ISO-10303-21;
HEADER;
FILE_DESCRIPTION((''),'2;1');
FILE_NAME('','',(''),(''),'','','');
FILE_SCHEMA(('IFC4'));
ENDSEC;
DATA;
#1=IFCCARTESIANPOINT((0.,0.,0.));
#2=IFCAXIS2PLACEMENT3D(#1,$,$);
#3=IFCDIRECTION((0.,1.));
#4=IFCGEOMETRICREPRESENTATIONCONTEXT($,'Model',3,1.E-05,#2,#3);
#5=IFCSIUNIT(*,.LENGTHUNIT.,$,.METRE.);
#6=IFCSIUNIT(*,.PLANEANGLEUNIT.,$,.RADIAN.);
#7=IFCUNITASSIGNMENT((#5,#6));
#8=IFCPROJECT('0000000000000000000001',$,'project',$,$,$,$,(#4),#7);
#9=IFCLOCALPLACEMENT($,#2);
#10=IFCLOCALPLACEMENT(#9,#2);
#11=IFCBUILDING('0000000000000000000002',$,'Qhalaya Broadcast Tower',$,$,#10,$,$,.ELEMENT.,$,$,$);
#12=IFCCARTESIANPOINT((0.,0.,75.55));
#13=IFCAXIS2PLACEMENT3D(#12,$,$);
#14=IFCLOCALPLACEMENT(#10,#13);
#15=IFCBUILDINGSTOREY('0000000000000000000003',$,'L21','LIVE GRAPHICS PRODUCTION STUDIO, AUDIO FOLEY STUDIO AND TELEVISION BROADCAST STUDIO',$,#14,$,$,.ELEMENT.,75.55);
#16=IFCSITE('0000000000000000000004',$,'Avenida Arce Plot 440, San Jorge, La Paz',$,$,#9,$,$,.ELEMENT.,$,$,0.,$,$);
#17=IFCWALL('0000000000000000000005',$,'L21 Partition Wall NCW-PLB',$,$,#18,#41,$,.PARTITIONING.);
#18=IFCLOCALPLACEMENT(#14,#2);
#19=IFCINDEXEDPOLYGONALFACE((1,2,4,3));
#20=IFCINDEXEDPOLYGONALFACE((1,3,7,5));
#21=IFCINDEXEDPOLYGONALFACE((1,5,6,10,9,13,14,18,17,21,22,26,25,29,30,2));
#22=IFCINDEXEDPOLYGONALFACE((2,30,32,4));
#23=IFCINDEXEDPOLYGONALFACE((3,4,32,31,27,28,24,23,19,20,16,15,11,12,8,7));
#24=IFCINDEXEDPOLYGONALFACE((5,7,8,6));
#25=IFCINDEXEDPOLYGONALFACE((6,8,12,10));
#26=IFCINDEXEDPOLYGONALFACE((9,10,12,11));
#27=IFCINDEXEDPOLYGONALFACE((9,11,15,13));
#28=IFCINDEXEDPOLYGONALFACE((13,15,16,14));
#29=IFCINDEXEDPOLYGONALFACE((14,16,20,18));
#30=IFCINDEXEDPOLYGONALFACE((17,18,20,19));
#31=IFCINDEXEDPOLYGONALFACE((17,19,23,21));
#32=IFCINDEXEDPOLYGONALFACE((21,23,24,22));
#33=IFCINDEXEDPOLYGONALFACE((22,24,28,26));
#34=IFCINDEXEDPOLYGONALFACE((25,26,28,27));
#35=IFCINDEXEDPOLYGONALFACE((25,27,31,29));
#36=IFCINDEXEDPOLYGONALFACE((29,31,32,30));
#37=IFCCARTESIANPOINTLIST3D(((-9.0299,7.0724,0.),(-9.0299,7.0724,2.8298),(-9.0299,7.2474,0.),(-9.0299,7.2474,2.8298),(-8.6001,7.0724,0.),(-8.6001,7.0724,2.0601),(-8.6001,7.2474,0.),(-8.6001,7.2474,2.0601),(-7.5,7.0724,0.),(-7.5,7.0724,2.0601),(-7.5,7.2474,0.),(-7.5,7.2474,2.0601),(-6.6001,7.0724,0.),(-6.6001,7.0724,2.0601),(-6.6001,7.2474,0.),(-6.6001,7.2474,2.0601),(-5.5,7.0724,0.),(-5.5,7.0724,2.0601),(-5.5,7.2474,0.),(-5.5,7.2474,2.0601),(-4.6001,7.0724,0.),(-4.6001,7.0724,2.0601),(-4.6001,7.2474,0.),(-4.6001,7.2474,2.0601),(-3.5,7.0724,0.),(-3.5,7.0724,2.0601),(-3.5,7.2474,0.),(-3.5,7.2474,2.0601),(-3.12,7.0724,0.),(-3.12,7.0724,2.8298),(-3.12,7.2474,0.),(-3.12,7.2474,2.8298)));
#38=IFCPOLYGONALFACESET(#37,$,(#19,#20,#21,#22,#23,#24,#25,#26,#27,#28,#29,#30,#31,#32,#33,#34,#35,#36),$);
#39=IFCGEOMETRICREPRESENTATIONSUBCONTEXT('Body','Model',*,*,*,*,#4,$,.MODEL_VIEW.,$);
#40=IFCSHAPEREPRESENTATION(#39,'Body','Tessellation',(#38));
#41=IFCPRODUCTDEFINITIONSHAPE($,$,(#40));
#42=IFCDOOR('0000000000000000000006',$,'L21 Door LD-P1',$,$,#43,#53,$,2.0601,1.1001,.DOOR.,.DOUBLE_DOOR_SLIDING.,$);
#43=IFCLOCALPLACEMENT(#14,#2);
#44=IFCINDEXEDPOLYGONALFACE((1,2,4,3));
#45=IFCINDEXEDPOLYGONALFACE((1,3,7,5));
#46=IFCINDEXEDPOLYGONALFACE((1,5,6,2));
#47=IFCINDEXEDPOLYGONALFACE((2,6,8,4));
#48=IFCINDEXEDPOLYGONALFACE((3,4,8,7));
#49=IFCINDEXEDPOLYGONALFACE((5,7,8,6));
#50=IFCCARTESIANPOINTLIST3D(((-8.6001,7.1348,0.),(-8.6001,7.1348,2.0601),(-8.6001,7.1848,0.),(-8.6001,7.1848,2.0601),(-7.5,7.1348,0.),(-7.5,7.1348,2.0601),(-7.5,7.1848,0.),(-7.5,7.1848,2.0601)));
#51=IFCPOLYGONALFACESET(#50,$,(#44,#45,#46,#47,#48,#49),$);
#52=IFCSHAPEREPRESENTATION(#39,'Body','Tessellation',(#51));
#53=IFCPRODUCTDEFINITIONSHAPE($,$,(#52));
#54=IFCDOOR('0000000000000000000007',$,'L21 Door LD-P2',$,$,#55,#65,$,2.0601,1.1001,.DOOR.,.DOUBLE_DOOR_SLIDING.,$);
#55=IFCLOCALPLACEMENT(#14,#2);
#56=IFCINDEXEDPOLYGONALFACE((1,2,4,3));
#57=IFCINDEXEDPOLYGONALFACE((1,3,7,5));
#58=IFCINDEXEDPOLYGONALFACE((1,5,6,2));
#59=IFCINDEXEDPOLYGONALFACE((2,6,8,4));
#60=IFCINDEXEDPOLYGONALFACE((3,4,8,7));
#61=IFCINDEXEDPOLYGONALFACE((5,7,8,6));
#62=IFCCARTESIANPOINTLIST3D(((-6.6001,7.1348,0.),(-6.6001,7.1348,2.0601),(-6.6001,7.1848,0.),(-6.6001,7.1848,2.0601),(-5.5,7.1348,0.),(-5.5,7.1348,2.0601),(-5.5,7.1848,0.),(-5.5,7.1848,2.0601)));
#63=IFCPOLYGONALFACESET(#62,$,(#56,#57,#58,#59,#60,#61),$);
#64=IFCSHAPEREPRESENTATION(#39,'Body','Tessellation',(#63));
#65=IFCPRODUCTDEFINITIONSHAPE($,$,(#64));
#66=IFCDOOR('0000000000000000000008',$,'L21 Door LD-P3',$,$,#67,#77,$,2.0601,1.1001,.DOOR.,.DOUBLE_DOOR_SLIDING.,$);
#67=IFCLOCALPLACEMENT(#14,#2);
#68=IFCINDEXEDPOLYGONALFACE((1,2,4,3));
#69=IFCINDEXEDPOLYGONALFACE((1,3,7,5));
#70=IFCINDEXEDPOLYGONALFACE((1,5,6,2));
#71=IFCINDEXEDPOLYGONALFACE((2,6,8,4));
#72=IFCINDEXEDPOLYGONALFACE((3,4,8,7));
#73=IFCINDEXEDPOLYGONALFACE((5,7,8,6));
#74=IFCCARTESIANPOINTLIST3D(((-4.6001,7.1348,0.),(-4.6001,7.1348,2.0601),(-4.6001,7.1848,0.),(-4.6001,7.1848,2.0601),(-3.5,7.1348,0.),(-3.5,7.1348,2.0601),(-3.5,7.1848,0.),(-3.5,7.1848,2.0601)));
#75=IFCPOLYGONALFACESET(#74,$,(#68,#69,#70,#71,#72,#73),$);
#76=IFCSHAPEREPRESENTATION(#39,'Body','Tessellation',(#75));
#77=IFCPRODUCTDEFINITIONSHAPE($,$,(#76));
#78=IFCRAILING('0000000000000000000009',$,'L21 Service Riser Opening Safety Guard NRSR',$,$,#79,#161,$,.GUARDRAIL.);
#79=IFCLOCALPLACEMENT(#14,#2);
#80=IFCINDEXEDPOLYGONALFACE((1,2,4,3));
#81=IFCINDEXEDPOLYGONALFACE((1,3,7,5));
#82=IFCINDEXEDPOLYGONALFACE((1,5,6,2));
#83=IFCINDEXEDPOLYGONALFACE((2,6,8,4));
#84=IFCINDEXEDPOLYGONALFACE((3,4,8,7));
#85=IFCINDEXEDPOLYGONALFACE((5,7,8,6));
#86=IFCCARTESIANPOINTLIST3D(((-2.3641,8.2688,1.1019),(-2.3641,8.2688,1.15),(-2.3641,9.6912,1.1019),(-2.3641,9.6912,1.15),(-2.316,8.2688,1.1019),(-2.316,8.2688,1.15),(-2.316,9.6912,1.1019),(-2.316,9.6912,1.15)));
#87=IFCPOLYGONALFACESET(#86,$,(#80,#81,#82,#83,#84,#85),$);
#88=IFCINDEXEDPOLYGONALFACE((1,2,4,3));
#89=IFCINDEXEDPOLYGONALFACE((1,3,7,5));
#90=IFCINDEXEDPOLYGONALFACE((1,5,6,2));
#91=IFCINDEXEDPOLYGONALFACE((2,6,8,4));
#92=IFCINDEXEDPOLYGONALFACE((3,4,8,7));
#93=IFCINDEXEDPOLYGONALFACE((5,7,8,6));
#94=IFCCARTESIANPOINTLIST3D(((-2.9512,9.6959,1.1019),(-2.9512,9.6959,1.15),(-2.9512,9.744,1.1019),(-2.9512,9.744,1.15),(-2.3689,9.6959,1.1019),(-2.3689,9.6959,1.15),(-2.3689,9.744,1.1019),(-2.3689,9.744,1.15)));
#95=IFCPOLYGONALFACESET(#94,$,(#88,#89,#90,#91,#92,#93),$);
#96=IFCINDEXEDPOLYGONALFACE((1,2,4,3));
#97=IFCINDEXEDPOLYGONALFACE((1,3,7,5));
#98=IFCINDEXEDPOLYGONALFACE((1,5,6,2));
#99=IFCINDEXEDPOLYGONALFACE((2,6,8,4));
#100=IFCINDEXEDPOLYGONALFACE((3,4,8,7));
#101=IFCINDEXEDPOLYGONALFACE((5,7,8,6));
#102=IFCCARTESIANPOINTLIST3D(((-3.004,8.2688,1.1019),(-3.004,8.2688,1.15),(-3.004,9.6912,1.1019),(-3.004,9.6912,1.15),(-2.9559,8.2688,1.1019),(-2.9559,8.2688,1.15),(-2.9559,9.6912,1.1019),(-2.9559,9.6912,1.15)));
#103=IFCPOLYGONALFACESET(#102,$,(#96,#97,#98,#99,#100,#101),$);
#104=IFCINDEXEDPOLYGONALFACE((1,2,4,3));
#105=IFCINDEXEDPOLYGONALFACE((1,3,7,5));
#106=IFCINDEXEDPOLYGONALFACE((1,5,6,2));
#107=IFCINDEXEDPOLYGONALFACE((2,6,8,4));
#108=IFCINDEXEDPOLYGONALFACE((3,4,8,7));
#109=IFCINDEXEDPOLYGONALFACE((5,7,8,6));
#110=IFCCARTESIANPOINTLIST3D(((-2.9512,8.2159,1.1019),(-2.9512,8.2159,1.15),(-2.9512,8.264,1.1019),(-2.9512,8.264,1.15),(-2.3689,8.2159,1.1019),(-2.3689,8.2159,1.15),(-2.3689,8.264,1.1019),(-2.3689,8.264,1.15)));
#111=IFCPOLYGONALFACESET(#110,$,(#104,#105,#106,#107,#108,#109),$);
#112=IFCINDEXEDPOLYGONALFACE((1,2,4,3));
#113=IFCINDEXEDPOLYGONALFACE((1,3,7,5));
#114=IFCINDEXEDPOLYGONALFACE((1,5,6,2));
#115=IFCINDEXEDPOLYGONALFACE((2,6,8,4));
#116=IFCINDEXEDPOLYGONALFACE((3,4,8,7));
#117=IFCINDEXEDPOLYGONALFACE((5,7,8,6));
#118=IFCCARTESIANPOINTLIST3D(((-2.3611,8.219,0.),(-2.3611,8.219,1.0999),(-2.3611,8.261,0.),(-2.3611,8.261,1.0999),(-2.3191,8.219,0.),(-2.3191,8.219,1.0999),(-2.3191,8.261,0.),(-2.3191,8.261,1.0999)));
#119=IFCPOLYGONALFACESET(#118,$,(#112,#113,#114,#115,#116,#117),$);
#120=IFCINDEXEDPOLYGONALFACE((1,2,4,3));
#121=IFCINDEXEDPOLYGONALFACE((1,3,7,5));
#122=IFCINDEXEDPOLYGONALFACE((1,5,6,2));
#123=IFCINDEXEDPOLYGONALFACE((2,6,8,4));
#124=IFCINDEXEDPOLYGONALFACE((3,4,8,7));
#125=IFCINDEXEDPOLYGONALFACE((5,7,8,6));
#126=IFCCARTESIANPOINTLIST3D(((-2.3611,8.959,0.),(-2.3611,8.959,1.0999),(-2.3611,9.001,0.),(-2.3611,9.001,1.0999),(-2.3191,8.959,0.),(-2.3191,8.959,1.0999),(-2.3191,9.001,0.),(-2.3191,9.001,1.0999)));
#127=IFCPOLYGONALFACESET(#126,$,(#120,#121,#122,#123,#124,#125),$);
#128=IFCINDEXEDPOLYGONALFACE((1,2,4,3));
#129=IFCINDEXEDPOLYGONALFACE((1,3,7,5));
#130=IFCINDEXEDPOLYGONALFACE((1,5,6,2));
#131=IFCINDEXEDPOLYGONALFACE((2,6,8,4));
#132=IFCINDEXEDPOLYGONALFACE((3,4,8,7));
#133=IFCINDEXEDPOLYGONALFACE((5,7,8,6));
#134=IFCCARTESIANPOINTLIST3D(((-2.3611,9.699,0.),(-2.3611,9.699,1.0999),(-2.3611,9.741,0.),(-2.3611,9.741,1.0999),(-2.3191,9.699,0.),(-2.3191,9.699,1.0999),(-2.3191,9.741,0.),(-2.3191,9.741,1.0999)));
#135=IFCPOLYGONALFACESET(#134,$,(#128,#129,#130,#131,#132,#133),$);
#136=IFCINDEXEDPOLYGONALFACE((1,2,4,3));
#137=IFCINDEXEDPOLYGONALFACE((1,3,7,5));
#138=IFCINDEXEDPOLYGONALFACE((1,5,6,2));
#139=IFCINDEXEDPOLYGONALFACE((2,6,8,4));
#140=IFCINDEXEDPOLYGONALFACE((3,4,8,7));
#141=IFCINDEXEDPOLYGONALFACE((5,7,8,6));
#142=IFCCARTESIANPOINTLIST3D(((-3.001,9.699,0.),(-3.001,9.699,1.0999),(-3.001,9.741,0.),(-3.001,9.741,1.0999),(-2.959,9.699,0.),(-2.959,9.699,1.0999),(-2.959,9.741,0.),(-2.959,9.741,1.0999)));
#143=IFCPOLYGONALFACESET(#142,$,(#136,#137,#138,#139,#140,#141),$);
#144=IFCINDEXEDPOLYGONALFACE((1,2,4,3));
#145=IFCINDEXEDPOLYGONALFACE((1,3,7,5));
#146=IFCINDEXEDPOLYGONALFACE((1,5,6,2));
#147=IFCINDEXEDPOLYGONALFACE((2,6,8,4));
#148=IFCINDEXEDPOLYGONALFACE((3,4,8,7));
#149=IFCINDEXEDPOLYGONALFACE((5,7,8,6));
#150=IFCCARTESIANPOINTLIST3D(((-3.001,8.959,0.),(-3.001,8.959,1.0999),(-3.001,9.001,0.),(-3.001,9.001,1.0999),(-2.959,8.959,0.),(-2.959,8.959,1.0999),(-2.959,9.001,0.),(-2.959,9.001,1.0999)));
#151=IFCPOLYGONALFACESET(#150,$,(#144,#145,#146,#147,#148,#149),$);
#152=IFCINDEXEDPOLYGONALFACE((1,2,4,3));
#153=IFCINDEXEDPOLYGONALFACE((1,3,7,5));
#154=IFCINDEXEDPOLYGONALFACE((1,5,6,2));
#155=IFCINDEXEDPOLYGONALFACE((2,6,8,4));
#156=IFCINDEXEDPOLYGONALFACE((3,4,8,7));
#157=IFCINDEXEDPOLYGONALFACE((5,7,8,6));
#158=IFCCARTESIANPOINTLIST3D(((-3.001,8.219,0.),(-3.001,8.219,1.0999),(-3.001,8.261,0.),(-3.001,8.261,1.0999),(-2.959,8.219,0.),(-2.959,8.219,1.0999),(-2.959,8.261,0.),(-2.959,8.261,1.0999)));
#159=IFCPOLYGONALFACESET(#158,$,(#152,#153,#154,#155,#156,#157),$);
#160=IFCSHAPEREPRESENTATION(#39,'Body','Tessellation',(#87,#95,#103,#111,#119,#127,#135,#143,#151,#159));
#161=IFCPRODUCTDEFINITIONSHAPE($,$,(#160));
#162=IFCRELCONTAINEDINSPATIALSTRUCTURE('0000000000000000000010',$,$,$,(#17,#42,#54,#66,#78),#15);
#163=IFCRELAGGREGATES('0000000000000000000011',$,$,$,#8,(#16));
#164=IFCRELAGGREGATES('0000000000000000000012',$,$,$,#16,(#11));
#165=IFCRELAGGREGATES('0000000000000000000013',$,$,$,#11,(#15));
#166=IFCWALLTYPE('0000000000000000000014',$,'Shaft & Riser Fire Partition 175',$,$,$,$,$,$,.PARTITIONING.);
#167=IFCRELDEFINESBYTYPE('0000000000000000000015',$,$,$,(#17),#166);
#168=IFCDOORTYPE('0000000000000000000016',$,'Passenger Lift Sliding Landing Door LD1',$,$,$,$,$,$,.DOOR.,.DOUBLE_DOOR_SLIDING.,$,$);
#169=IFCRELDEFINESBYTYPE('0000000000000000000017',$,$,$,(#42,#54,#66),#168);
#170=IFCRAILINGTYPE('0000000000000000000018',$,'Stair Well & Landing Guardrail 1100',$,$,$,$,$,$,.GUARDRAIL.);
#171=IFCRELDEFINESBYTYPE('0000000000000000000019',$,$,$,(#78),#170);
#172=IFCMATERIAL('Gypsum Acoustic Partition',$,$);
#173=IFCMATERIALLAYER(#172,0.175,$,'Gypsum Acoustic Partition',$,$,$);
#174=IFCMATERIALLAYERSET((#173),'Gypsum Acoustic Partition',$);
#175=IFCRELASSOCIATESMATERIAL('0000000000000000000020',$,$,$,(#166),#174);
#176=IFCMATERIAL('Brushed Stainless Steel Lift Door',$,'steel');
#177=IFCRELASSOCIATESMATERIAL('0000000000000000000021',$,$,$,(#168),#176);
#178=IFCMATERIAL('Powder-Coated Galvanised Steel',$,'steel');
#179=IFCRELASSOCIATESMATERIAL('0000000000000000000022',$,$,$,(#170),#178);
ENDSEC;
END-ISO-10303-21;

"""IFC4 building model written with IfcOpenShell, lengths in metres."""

from ifc_helpers import new_model, si_unit, direction, frame, frame_2d, origin, origin_2d, place, context, subcontext, project, spatial, rectangle, extrude, material, layer, layer_set, type_object, element, fill, save


model = new_model("IFC4")

# Units and contexts
model_context = context("Model", 3, precision=1e-05, world=origin(), true_north=direction((0.0, 1.0)))
body_context = subcontext(model_context, "Body", "Model", "MODEL_VIEW")
ifc_project = project(units=[si_unit("LENGTHUNIT", "METRE"), si_unit("PLANEANGLEUNIT", "RADIAN")], contexts=[model_context])

# Site, building, storey
site_placement = place(None, origin())
site = spatial("IfcSite", under=ifc_project, at=site_placement, Name="Avenida Arce Plot 440, San Jorge, La Paz", CompositionType="ELEMENT", RefElevation=0.0)
building_placement = place(site_placement, origin())
building = spatial("IfcBuilding", under=site, at=building_placement, Name="Qhalaya Broadcast Tower", CompositionType="ELEMENT")
storey_placement = place(building_placement, frame((0.0, 0.0, 75.55)))
storey = spatial("IfcBuildingStorey", under=building, at=storey_placement, Name="L21", Description="LIVE GRAPHICS PRODUCTION STUDIO, AUDIO FOLEY STUDIO AND TELEVISION BROADCAST STUDIO", CompositionType="ELEMENT", Elevation=75.55)

# Shared definitions
ifc_material_1 = material(Name="Gypsum Acoustic Partition")

# Shared definitions
ifc_layer_1 = layer(ifc_material_1, 0.175, Name="Gypsum Acoustic Partition")
ifc_layer_set_1 = layer_set([ifc_layer_1], Name="Gypsum Acoustic Partition")
wall_type_1 = type_object("IfcWallType", Name="Shaft & Riser Fire Partition 175", PredefinedType="PARTITIONING", material=ifc_layer_set_1)

# Wall, openings, doors
wall_1_placement = place(storey_placement, frame((-9.03, 7.1599, 0.0), z_axis=(0.0, 0.0, 1.0), x_axis=(1.0, 0.0, 0.0)))
wall_1 = element("IfcWall", 1, at=wall_1_placement, inside=storey, type_object=wall_type_1, Name="L21 Partition Wall NCW-PLB", PredefinedType="PARTITIONING", context=body_context, shape_type="SweptSolid", body=[
    extrude(rectangle(XDim=5.9099, YDim=0.175, at=frame_2d((2.9551, 0.0))), origin(), (0.0, 0.0, 1.0), 2.8298),
])
opening_1_placement = place(wall_1_placement, frame((0.4299, 0.0, 0.0)))
opening_1 = element("IfcOpeningElement", 2, at=opening_1_placement, cuts=wall_1, PredefinedType="OPENING", context=body_context, shape_type="SweptSolid", body=[
    extrude(rectangle(XDim=1.1001, YDim=2.0601, at=frame_2d((0.55, 1.03))), frame((0.0, 0.0996, 0.0), z_axis=(0.0, -1.0, 0.0), x_axis=(1.0, 0.0, 0.0)), (0.0, 0.0, 1.0), 0.199),
])
opening_2_placement = place(wall_1_placement, frame((2.4299, 0.0, 0.0)))
opening_2 = element("IfcOpeningElement", 3, at=opening_2_placement, cuts=wall_1, PredefinedType="OPENING", context=body_context, shape_type="SweptSolid", body=[
    extrude(rectangle(XDim=1.1001, YDim=2.0601, at=frame_2d((0.55, 1.03))), frame((0.0, 0.0996, 0.0), z_axis=(0.0, -1.0, 0.0), x_axis=(1.0, 0.0, 0.0)), (0.0, 0.0, 1.0), 0.199),
])
opening_3_placement = place(wall_1_placement, frame((4.4299, 0.0, 0.0)))
opening_3 = element("IfcOpeningElement", 4, at=opening_3_placement, cuts=wall_1, PredefinedType="OPENING", context=body_context, shape_type="SweptSolid", body=[
    extrude(rectangle(XDim=1.1001, YDim=2.0601, at=frame_2d((0.55, 1.03))), frame((0.0, 0.0996, 0.0), z_axis=(0.0, -1.0, 0.0), x_axis=(1.0, 0.0, 0.0)), (0.0, 0.0, 1.0), 0.199),
])
ifc_material_2 = material(Name="Brushed Stainless Steel Lift Door", Category="steel")
door_type_1 = type_object("IfcDoorType", Name="Passenger Lift Sliding Landing Door LD1", OperationType="DOUBLE_DOOR_SLIDING", PredefinedType="DOOR", material=ifc_material_2)
door_1_placement = place(opening_1_placement, origin())
door_1 = element("IfcDoor", 5, at=door_1_placement, inside=storey, type_object=door_type_1, Name="L21 Door LD-P1", OperationType="DOUBLE_DOOR_SLIDING", OverallHeight=2.0601, OverallWidth=1.1001, PredefinedType="DOOR", context=body_context, shape_type="SweptSolid", body=[
    extrude(rectangle(XDim=1.1001, YDim=2.0601, at=frame_2d((0.55, 1.03))), frame((0.0, 0.0249, 0.0), z_axis=(0.0, -1.0, 0.0), x_axis=(1.0, 0.0, 0.0)), (0.0, 0.0, 1.0), 0.05),
])
fill(opening_1, door_1)
door_2_placement = place(opening_2_placement, origin())
door_2 = element("IfcDoor", 6, at=door_2_placement, inside=storey, type_object=door_type_1, Name="L21 Door LD-P2", OperationType="DOUBLE_DOOR_SLIDING", OverallHeight=2.0601, OverallWidth=1.1001, PredefinedType="DOOR", context=body_context, shape_type="SweptSolid", body=[
    extrude(rectangle(XDim=1.1001, YDim=2.0601, at=frame_2d((0.55, 1.03))), frame((0.0, 0.0249, 0.0), z_axis=(0.0, -1.0, 0.0), x_axis=(1.0, 0.0, 0.0)), (0.0, 0.0, 1.0), 0.05),
])
fill(opening_2, door_2)
door_3_placement = place(opening_3_placement, origin())
door_3 = element("IfcDoor", 7, at=door_3_placement, inside=storey, type_object=door_type_1, Name="L21 Door LD-P3", OperationType="DOUBLE_DOOR_SLIDING", OverallHeight=2.0601, OverallWidth=1.1001, PredefinedType="DOOR", context=body_context, shape_type="SweptSolid", body=[
    extrude(rectangle(XDim=1.1001, YDim=2.0601, at=frame_2d((0.55, 1.03))), frame((0.0, 0.0249, 0.0), z_axis=(0.0, -1.0, 0.0), x_axis=(1.0, 0.0, 0.0)), (0.0, 0.0, 1.0), 0.05),
])
fill(opening_3, door_3)

# Railing
ifc_material_3 = material(Name="Powder-Coated Galvanised Steel", Category="steel")
railing_type = type_object("IfcRailingType", Name="Stair Well & Landing Guardrail 1100", PredefinedType="GUARDRAIL", material=ifc_material_3)
railing_placement = place(storey_placement, frame((-2.3401, 8.24, 0.0)))
element("IfcRailing", 8, at=railing_placement, inside=storey, type_object=railing_type, Name="L21 Service Riser Opening Safety Guard NRSR", PredefinedType="GUARDRAIL", context=body_context, shape_type="SweptSolid", body=[
    extrude(rectangle(XDim=0.0481, YDim=0.0481, at=origin_2d()), frame((0.0, 0.0288, 1.126), z_axis=(0.0, 1.0, 0.0), x_axis=(-1.0, 0.0, 0.0)), (0.0, 0.0, 1.0), 1.4224),
    extrude(rectangle(XDim=0.0481, YDim=0.0481, at=origin_2d()), frame((-0.0288, 1.48, 1.126), z_axis=(-1.0, 0.0, 0.0), x_axis=(0.0, -1.0, 0.0)), (0.0, 0.0, 1.0), 0.5823),
    extrude(rectangle(XDim=0.0481, YDim=0.0481, at=origin_2d()), frame((-0.6399, 1.4512, 1.126), z_axis=(0.0, -1.0, 0.0), x_axis=(1.0, 0.0, 0.0)), (0.0, 0.0, 1.0), 1.4224),
    extrude(rectangle(XDim=0.0481, YDim=0.0481, at=origin_2d()), frame((-0.6111, 0.0, 1.126), z_axis=(1.0, 0.0, 0.0), x_axis=(0.0, 1.0, 0.0)), (0.0, 0.0, 1.0), 0.5823),
    extrude(rectangle(XDim=0.042, YDim=0.042, at=origin_2d()), origin(), (0.0, 0.0, 1.0), 1.0999),
    extrude(rectangle(XDim=0.042, YDim=0.042, at=origin_2d()), frame((0.0, 0.74, 0.0)), (0.0, 0.0, 1.0), 1.0999),
    extrude(rectangle(XDim=0.042, YDim=0.042, at=origin_2d()), frame((0.0, 1.48, 0.0)), (0.0, 0.0, 1.0), 1.0999),
    extrude(rectangle(XDim=0.042, YDim=0.042, at=origin_2d()), frame((-0.6399, 1.48, 0.0)), (0.0, 0.0, 1.0), 1.0999),
    extrude(rectangle(XDim=0.042, YDim=0.042, at=origin_2d()), frame((-0.6399, 0.74, 0.0)), (0.0, 0.0, 1.0), 1.0999),
    extrude(rectangle(XDim=0.042, YDim=0.042, at=origin_2d()), frame((-0.6399, 0.0, 0.0)), (0.0, 0.0, 1.0), 1.0999),
])

save(model, "model.ifc")
